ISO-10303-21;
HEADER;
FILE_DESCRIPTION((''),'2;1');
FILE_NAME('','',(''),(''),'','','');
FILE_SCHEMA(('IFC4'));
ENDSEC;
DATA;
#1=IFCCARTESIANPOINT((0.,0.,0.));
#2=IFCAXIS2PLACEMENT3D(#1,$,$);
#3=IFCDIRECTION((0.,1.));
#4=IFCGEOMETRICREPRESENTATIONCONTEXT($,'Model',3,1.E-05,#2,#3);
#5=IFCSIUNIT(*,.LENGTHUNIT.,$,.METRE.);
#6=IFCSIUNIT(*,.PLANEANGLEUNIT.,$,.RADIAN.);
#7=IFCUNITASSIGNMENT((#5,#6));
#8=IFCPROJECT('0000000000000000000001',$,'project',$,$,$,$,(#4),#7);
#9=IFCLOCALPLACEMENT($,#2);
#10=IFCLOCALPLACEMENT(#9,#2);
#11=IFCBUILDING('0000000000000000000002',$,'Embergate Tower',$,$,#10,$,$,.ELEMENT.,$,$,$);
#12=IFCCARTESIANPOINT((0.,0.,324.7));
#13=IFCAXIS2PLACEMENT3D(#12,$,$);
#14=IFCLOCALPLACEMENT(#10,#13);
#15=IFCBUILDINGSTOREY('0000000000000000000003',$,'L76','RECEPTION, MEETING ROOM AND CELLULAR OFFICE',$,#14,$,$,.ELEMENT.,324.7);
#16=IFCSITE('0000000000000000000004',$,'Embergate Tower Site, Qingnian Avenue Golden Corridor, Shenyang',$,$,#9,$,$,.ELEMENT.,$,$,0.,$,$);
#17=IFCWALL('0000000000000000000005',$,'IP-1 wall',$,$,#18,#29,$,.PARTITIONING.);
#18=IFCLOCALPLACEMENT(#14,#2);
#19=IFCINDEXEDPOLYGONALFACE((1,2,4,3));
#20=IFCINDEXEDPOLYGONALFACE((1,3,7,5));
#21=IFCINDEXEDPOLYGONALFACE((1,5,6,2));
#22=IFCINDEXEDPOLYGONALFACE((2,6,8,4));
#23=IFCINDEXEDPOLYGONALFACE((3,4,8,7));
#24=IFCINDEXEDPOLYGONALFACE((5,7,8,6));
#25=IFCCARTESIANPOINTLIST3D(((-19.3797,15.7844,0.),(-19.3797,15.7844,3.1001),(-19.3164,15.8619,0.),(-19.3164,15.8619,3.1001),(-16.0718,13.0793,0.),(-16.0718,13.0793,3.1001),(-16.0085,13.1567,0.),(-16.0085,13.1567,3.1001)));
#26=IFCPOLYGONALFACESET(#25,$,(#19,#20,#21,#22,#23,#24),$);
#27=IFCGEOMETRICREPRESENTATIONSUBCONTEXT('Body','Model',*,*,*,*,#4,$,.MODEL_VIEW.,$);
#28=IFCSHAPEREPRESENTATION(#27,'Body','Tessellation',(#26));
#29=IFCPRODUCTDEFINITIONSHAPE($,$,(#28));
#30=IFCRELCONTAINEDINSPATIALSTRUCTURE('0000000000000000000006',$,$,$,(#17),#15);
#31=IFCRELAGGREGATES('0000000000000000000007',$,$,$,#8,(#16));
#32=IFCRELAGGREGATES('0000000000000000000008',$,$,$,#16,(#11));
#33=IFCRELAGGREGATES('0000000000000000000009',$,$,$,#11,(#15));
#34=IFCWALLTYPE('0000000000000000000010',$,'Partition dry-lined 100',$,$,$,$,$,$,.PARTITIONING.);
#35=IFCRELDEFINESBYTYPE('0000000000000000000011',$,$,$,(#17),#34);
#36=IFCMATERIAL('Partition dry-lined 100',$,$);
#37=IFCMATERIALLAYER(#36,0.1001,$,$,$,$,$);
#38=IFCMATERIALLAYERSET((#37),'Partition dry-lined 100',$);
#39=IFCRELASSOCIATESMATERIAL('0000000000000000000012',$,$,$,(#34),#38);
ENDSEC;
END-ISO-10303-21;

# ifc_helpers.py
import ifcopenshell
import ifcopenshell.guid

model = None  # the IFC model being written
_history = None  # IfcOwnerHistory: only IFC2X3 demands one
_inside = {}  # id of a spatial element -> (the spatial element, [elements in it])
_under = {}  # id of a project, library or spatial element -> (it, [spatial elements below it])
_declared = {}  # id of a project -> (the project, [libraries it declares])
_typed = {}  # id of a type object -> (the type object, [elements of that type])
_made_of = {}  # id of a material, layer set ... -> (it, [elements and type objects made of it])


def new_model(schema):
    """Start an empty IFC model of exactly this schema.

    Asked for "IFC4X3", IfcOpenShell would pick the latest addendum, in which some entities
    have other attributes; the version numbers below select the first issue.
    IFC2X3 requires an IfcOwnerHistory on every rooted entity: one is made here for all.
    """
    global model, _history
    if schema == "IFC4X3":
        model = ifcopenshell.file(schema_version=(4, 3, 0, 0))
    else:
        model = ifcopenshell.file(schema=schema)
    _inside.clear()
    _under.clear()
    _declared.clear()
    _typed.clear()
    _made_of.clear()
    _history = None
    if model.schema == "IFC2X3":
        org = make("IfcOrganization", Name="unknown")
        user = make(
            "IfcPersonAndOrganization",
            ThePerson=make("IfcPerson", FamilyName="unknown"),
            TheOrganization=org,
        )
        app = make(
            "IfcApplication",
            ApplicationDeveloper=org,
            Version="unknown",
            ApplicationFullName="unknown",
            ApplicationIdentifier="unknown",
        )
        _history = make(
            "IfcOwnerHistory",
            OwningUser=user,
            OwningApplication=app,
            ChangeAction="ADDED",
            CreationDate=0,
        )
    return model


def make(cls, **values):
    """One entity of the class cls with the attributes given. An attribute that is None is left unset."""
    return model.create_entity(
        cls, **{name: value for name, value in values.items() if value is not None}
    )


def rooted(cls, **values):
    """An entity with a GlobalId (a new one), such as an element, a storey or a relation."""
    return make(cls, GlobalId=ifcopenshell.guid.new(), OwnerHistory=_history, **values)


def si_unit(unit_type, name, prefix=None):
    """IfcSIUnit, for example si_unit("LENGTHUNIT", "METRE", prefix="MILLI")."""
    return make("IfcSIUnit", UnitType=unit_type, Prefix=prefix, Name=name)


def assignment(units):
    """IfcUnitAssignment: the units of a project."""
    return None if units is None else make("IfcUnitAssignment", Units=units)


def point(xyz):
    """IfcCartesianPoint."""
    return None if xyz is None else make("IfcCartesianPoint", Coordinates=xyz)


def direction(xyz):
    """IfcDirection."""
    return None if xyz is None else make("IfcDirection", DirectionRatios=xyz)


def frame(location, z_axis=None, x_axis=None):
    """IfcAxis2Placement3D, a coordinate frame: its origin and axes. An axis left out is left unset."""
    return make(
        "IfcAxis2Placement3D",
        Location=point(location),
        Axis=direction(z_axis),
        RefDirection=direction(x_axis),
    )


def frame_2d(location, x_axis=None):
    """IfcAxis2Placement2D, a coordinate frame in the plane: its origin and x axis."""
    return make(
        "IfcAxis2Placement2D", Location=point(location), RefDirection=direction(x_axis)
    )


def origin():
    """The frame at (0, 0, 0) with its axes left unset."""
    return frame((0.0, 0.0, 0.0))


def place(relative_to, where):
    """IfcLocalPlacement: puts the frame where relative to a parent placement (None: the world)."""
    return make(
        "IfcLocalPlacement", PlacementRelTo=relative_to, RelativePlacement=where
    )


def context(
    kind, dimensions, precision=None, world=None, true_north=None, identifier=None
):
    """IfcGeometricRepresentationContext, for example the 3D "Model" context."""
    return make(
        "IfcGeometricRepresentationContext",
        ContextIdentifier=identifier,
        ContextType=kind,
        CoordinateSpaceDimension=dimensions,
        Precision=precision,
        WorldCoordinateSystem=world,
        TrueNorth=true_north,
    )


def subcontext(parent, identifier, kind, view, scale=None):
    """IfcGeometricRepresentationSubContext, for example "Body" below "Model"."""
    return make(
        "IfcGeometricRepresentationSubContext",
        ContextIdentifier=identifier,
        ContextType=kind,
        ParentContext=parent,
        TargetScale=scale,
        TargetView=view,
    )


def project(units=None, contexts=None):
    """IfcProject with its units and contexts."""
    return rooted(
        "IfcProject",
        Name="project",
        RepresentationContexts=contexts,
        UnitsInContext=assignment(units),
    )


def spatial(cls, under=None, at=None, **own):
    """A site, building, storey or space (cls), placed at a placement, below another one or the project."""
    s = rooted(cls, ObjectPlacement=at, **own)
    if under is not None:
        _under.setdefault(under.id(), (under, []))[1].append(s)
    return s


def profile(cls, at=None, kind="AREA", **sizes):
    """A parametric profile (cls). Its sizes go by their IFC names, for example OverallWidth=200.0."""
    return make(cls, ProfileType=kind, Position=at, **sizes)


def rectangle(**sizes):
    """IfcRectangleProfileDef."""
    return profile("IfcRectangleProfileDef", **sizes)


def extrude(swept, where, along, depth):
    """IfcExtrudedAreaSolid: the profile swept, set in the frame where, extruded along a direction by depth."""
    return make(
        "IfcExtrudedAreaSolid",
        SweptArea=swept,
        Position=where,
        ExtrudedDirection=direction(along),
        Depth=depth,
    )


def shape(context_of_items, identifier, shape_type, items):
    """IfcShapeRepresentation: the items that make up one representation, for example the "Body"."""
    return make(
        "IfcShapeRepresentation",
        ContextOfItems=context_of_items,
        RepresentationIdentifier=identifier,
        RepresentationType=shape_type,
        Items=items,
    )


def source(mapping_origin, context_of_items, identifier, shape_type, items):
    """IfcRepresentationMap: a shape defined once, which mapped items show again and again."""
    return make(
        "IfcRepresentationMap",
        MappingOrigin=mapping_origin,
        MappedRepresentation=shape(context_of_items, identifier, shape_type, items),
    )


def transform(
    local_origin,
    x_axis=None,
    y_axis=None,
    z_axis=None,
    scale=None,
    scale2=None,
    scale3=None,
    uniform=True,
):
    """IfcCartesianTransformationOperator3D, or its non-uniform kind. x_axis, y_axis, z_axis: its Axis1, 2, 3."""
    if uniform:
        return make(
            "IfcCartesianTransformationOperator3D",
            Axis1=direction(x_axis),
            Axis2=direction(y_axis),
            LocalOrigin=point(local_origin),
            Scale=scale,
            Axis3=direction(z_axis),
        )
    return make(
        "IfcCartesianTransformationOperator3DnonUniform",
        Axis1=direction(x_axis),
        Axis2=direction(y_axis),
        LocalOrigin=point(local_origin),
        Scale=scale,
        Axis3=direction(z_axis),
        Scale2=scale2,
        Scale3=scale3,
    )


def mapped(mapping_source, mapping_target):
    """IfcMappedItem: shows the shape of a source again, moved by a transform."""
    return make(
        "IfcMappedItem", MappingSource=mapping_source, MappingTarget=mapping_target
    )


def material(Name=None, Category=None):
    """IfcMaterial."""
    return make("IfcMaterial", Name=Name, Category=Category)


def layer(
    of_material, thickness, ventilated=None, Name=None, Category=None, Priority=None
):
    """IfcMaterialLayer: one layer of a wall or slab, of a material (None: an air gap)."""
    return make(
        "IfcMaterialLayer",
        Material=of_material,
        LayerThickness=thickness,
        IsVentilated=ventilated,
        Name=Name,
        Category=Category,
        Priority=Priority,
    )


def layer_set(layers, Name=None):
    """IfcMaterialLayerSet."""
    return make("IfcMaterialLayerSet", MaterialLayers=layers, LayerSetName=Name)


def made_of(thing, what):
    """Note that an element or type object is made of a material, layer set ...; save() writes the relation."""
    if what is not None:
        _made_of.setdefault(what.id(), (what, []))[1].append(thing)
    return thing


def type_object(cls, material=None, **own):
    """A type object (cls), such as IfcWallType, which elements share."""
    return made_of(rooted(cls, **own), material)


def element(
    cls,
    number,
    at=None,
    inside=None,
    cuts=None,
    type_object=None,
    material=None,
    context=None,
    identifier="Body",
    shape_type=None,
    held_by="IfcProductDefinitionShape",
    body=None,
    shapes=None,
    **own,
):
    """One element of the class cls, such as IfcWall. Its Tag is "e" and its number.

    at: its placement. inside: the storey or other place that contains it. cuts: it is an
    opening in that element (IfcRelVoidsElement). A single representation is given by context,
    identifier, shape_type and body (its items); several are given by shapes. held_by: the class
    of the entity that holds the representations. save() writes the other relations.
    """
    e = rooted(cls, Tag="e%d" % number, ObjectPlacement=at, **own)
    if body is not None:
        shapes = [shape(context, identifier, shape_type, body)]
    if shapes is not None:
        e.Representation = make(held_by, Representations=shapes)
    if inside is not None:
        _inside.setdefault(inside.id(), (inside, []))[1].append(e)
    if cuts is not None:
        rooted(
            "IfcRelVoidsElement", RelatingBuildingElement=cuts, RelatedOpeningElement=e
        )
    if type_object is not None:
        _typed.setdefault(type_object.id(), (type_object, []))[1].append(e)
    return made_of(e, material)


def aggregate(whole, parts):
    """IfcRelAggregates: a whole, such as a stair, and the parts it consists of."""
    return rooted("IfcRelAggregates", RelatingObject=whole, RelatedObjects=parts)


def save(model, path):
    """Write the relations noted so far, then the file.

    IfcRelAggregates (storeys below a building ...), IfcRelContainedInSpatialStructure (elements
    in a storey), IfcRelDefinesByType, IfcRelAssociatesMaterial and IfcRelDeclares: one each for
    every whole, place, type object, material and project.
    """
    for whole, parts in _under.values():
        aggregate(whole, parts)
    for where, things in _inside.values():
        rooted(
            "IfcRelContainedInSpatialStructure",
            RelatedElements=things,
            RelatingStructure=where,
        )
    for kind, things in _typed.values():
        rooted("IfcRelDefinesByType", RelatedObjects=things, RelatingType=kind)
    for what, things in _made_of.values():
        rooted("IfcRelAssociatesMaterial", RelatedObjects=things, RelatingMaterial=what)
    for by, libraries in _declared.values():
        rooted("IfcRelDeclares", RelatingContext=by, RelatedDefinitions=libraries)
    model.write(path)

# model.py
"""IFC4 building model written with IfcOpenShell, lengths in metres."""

from ifc_helpers import new_model, si_unit, direction, frame, frame_2d, origin, place, context, subcontext, project, spatial, rectangle, extrude, source, transform, mapped, material, layer, layer_set, type_object, element, save


model = new_model("IFC4")

# Units and contexts
model_context = context("Model", 3, precision=1e-05, world=origin(), true_north=direction((0.0, 1.0)))
body_context = subcontext(model_context, "Body", "Model", "MODEL_VIEW")
ifc_project = project(units=[si_unit("LENGTHUNIT", "METRE"), si_unit("PLANEANGLEUNIT", "RADIAN")], contexts=[model_context])

# Site, building, storey
site_placement = place(None, origin())
site = spatial("IfcSite", under=ifc_project, at=site_placement, Name="Embergate Tower Site, Qingnian Avenue Golden Corridor, Shenyang", CompositionType="ELEMENT", RefElevation=0.0)
building_placement = place(site_placement, origin())
building = spatial("IfcBuilding", under=site, at=building_placement, Name="Embergate Tower", CompositionType="ELEMENT")
storey_placement = place(building_placement, frame((0.0, 0.0, 324.7)))
storey = spatial("IfcBuildingStorey", under=building, at=storey_placement, Name="L76", Description="RECEPTION, MEETING ROOM AND CELLULAR OFFICE", CompositionType="ELEMENT", Elevation=324.7)

# Wall
ifc_material_1 = material(Name="Partition dry-lined 100")
ifc_layer_1 = layer(ifc_material_1, 0.1001)
ifc_layer_set_1 = layer_set([ifc_layer_1], Name="Partition dry-lined 100")
wall_type = type_object("IfcWallType", Name="Partition dry-lined 100", PredefinedType="PARTITIONING", material=ifc_layer_set_1)
shared_shape_1 = source(origin(), body_context, "Body", "SweptSolid", [
    extrude(rectangle(XDim=4.2732, YDim=0.1001, at=frame_2d((2.1367, 0.0))), origin(), (0.0, 0.0, 1.0), 3.1001),
])
wall_placement = place(storey_placement, frame((-16.04, 13.1179, 0.0), z_axis=(0.0, 0.0, 1.0), x_axis=(-0.774113, 0.633048, 0.0)))
element("IfcWall", 1, at=wall_placement, inside=storey, type_object=wall_type, Name="IP-1 wall", PredefinedType="PARTITIONING", context=body_context, shape_type="MappedRepresentation", body=[
    mapped(shared_shape_1, transform((0.0, 0.0, 0.0))),
])

save(model, "model.ifc")
